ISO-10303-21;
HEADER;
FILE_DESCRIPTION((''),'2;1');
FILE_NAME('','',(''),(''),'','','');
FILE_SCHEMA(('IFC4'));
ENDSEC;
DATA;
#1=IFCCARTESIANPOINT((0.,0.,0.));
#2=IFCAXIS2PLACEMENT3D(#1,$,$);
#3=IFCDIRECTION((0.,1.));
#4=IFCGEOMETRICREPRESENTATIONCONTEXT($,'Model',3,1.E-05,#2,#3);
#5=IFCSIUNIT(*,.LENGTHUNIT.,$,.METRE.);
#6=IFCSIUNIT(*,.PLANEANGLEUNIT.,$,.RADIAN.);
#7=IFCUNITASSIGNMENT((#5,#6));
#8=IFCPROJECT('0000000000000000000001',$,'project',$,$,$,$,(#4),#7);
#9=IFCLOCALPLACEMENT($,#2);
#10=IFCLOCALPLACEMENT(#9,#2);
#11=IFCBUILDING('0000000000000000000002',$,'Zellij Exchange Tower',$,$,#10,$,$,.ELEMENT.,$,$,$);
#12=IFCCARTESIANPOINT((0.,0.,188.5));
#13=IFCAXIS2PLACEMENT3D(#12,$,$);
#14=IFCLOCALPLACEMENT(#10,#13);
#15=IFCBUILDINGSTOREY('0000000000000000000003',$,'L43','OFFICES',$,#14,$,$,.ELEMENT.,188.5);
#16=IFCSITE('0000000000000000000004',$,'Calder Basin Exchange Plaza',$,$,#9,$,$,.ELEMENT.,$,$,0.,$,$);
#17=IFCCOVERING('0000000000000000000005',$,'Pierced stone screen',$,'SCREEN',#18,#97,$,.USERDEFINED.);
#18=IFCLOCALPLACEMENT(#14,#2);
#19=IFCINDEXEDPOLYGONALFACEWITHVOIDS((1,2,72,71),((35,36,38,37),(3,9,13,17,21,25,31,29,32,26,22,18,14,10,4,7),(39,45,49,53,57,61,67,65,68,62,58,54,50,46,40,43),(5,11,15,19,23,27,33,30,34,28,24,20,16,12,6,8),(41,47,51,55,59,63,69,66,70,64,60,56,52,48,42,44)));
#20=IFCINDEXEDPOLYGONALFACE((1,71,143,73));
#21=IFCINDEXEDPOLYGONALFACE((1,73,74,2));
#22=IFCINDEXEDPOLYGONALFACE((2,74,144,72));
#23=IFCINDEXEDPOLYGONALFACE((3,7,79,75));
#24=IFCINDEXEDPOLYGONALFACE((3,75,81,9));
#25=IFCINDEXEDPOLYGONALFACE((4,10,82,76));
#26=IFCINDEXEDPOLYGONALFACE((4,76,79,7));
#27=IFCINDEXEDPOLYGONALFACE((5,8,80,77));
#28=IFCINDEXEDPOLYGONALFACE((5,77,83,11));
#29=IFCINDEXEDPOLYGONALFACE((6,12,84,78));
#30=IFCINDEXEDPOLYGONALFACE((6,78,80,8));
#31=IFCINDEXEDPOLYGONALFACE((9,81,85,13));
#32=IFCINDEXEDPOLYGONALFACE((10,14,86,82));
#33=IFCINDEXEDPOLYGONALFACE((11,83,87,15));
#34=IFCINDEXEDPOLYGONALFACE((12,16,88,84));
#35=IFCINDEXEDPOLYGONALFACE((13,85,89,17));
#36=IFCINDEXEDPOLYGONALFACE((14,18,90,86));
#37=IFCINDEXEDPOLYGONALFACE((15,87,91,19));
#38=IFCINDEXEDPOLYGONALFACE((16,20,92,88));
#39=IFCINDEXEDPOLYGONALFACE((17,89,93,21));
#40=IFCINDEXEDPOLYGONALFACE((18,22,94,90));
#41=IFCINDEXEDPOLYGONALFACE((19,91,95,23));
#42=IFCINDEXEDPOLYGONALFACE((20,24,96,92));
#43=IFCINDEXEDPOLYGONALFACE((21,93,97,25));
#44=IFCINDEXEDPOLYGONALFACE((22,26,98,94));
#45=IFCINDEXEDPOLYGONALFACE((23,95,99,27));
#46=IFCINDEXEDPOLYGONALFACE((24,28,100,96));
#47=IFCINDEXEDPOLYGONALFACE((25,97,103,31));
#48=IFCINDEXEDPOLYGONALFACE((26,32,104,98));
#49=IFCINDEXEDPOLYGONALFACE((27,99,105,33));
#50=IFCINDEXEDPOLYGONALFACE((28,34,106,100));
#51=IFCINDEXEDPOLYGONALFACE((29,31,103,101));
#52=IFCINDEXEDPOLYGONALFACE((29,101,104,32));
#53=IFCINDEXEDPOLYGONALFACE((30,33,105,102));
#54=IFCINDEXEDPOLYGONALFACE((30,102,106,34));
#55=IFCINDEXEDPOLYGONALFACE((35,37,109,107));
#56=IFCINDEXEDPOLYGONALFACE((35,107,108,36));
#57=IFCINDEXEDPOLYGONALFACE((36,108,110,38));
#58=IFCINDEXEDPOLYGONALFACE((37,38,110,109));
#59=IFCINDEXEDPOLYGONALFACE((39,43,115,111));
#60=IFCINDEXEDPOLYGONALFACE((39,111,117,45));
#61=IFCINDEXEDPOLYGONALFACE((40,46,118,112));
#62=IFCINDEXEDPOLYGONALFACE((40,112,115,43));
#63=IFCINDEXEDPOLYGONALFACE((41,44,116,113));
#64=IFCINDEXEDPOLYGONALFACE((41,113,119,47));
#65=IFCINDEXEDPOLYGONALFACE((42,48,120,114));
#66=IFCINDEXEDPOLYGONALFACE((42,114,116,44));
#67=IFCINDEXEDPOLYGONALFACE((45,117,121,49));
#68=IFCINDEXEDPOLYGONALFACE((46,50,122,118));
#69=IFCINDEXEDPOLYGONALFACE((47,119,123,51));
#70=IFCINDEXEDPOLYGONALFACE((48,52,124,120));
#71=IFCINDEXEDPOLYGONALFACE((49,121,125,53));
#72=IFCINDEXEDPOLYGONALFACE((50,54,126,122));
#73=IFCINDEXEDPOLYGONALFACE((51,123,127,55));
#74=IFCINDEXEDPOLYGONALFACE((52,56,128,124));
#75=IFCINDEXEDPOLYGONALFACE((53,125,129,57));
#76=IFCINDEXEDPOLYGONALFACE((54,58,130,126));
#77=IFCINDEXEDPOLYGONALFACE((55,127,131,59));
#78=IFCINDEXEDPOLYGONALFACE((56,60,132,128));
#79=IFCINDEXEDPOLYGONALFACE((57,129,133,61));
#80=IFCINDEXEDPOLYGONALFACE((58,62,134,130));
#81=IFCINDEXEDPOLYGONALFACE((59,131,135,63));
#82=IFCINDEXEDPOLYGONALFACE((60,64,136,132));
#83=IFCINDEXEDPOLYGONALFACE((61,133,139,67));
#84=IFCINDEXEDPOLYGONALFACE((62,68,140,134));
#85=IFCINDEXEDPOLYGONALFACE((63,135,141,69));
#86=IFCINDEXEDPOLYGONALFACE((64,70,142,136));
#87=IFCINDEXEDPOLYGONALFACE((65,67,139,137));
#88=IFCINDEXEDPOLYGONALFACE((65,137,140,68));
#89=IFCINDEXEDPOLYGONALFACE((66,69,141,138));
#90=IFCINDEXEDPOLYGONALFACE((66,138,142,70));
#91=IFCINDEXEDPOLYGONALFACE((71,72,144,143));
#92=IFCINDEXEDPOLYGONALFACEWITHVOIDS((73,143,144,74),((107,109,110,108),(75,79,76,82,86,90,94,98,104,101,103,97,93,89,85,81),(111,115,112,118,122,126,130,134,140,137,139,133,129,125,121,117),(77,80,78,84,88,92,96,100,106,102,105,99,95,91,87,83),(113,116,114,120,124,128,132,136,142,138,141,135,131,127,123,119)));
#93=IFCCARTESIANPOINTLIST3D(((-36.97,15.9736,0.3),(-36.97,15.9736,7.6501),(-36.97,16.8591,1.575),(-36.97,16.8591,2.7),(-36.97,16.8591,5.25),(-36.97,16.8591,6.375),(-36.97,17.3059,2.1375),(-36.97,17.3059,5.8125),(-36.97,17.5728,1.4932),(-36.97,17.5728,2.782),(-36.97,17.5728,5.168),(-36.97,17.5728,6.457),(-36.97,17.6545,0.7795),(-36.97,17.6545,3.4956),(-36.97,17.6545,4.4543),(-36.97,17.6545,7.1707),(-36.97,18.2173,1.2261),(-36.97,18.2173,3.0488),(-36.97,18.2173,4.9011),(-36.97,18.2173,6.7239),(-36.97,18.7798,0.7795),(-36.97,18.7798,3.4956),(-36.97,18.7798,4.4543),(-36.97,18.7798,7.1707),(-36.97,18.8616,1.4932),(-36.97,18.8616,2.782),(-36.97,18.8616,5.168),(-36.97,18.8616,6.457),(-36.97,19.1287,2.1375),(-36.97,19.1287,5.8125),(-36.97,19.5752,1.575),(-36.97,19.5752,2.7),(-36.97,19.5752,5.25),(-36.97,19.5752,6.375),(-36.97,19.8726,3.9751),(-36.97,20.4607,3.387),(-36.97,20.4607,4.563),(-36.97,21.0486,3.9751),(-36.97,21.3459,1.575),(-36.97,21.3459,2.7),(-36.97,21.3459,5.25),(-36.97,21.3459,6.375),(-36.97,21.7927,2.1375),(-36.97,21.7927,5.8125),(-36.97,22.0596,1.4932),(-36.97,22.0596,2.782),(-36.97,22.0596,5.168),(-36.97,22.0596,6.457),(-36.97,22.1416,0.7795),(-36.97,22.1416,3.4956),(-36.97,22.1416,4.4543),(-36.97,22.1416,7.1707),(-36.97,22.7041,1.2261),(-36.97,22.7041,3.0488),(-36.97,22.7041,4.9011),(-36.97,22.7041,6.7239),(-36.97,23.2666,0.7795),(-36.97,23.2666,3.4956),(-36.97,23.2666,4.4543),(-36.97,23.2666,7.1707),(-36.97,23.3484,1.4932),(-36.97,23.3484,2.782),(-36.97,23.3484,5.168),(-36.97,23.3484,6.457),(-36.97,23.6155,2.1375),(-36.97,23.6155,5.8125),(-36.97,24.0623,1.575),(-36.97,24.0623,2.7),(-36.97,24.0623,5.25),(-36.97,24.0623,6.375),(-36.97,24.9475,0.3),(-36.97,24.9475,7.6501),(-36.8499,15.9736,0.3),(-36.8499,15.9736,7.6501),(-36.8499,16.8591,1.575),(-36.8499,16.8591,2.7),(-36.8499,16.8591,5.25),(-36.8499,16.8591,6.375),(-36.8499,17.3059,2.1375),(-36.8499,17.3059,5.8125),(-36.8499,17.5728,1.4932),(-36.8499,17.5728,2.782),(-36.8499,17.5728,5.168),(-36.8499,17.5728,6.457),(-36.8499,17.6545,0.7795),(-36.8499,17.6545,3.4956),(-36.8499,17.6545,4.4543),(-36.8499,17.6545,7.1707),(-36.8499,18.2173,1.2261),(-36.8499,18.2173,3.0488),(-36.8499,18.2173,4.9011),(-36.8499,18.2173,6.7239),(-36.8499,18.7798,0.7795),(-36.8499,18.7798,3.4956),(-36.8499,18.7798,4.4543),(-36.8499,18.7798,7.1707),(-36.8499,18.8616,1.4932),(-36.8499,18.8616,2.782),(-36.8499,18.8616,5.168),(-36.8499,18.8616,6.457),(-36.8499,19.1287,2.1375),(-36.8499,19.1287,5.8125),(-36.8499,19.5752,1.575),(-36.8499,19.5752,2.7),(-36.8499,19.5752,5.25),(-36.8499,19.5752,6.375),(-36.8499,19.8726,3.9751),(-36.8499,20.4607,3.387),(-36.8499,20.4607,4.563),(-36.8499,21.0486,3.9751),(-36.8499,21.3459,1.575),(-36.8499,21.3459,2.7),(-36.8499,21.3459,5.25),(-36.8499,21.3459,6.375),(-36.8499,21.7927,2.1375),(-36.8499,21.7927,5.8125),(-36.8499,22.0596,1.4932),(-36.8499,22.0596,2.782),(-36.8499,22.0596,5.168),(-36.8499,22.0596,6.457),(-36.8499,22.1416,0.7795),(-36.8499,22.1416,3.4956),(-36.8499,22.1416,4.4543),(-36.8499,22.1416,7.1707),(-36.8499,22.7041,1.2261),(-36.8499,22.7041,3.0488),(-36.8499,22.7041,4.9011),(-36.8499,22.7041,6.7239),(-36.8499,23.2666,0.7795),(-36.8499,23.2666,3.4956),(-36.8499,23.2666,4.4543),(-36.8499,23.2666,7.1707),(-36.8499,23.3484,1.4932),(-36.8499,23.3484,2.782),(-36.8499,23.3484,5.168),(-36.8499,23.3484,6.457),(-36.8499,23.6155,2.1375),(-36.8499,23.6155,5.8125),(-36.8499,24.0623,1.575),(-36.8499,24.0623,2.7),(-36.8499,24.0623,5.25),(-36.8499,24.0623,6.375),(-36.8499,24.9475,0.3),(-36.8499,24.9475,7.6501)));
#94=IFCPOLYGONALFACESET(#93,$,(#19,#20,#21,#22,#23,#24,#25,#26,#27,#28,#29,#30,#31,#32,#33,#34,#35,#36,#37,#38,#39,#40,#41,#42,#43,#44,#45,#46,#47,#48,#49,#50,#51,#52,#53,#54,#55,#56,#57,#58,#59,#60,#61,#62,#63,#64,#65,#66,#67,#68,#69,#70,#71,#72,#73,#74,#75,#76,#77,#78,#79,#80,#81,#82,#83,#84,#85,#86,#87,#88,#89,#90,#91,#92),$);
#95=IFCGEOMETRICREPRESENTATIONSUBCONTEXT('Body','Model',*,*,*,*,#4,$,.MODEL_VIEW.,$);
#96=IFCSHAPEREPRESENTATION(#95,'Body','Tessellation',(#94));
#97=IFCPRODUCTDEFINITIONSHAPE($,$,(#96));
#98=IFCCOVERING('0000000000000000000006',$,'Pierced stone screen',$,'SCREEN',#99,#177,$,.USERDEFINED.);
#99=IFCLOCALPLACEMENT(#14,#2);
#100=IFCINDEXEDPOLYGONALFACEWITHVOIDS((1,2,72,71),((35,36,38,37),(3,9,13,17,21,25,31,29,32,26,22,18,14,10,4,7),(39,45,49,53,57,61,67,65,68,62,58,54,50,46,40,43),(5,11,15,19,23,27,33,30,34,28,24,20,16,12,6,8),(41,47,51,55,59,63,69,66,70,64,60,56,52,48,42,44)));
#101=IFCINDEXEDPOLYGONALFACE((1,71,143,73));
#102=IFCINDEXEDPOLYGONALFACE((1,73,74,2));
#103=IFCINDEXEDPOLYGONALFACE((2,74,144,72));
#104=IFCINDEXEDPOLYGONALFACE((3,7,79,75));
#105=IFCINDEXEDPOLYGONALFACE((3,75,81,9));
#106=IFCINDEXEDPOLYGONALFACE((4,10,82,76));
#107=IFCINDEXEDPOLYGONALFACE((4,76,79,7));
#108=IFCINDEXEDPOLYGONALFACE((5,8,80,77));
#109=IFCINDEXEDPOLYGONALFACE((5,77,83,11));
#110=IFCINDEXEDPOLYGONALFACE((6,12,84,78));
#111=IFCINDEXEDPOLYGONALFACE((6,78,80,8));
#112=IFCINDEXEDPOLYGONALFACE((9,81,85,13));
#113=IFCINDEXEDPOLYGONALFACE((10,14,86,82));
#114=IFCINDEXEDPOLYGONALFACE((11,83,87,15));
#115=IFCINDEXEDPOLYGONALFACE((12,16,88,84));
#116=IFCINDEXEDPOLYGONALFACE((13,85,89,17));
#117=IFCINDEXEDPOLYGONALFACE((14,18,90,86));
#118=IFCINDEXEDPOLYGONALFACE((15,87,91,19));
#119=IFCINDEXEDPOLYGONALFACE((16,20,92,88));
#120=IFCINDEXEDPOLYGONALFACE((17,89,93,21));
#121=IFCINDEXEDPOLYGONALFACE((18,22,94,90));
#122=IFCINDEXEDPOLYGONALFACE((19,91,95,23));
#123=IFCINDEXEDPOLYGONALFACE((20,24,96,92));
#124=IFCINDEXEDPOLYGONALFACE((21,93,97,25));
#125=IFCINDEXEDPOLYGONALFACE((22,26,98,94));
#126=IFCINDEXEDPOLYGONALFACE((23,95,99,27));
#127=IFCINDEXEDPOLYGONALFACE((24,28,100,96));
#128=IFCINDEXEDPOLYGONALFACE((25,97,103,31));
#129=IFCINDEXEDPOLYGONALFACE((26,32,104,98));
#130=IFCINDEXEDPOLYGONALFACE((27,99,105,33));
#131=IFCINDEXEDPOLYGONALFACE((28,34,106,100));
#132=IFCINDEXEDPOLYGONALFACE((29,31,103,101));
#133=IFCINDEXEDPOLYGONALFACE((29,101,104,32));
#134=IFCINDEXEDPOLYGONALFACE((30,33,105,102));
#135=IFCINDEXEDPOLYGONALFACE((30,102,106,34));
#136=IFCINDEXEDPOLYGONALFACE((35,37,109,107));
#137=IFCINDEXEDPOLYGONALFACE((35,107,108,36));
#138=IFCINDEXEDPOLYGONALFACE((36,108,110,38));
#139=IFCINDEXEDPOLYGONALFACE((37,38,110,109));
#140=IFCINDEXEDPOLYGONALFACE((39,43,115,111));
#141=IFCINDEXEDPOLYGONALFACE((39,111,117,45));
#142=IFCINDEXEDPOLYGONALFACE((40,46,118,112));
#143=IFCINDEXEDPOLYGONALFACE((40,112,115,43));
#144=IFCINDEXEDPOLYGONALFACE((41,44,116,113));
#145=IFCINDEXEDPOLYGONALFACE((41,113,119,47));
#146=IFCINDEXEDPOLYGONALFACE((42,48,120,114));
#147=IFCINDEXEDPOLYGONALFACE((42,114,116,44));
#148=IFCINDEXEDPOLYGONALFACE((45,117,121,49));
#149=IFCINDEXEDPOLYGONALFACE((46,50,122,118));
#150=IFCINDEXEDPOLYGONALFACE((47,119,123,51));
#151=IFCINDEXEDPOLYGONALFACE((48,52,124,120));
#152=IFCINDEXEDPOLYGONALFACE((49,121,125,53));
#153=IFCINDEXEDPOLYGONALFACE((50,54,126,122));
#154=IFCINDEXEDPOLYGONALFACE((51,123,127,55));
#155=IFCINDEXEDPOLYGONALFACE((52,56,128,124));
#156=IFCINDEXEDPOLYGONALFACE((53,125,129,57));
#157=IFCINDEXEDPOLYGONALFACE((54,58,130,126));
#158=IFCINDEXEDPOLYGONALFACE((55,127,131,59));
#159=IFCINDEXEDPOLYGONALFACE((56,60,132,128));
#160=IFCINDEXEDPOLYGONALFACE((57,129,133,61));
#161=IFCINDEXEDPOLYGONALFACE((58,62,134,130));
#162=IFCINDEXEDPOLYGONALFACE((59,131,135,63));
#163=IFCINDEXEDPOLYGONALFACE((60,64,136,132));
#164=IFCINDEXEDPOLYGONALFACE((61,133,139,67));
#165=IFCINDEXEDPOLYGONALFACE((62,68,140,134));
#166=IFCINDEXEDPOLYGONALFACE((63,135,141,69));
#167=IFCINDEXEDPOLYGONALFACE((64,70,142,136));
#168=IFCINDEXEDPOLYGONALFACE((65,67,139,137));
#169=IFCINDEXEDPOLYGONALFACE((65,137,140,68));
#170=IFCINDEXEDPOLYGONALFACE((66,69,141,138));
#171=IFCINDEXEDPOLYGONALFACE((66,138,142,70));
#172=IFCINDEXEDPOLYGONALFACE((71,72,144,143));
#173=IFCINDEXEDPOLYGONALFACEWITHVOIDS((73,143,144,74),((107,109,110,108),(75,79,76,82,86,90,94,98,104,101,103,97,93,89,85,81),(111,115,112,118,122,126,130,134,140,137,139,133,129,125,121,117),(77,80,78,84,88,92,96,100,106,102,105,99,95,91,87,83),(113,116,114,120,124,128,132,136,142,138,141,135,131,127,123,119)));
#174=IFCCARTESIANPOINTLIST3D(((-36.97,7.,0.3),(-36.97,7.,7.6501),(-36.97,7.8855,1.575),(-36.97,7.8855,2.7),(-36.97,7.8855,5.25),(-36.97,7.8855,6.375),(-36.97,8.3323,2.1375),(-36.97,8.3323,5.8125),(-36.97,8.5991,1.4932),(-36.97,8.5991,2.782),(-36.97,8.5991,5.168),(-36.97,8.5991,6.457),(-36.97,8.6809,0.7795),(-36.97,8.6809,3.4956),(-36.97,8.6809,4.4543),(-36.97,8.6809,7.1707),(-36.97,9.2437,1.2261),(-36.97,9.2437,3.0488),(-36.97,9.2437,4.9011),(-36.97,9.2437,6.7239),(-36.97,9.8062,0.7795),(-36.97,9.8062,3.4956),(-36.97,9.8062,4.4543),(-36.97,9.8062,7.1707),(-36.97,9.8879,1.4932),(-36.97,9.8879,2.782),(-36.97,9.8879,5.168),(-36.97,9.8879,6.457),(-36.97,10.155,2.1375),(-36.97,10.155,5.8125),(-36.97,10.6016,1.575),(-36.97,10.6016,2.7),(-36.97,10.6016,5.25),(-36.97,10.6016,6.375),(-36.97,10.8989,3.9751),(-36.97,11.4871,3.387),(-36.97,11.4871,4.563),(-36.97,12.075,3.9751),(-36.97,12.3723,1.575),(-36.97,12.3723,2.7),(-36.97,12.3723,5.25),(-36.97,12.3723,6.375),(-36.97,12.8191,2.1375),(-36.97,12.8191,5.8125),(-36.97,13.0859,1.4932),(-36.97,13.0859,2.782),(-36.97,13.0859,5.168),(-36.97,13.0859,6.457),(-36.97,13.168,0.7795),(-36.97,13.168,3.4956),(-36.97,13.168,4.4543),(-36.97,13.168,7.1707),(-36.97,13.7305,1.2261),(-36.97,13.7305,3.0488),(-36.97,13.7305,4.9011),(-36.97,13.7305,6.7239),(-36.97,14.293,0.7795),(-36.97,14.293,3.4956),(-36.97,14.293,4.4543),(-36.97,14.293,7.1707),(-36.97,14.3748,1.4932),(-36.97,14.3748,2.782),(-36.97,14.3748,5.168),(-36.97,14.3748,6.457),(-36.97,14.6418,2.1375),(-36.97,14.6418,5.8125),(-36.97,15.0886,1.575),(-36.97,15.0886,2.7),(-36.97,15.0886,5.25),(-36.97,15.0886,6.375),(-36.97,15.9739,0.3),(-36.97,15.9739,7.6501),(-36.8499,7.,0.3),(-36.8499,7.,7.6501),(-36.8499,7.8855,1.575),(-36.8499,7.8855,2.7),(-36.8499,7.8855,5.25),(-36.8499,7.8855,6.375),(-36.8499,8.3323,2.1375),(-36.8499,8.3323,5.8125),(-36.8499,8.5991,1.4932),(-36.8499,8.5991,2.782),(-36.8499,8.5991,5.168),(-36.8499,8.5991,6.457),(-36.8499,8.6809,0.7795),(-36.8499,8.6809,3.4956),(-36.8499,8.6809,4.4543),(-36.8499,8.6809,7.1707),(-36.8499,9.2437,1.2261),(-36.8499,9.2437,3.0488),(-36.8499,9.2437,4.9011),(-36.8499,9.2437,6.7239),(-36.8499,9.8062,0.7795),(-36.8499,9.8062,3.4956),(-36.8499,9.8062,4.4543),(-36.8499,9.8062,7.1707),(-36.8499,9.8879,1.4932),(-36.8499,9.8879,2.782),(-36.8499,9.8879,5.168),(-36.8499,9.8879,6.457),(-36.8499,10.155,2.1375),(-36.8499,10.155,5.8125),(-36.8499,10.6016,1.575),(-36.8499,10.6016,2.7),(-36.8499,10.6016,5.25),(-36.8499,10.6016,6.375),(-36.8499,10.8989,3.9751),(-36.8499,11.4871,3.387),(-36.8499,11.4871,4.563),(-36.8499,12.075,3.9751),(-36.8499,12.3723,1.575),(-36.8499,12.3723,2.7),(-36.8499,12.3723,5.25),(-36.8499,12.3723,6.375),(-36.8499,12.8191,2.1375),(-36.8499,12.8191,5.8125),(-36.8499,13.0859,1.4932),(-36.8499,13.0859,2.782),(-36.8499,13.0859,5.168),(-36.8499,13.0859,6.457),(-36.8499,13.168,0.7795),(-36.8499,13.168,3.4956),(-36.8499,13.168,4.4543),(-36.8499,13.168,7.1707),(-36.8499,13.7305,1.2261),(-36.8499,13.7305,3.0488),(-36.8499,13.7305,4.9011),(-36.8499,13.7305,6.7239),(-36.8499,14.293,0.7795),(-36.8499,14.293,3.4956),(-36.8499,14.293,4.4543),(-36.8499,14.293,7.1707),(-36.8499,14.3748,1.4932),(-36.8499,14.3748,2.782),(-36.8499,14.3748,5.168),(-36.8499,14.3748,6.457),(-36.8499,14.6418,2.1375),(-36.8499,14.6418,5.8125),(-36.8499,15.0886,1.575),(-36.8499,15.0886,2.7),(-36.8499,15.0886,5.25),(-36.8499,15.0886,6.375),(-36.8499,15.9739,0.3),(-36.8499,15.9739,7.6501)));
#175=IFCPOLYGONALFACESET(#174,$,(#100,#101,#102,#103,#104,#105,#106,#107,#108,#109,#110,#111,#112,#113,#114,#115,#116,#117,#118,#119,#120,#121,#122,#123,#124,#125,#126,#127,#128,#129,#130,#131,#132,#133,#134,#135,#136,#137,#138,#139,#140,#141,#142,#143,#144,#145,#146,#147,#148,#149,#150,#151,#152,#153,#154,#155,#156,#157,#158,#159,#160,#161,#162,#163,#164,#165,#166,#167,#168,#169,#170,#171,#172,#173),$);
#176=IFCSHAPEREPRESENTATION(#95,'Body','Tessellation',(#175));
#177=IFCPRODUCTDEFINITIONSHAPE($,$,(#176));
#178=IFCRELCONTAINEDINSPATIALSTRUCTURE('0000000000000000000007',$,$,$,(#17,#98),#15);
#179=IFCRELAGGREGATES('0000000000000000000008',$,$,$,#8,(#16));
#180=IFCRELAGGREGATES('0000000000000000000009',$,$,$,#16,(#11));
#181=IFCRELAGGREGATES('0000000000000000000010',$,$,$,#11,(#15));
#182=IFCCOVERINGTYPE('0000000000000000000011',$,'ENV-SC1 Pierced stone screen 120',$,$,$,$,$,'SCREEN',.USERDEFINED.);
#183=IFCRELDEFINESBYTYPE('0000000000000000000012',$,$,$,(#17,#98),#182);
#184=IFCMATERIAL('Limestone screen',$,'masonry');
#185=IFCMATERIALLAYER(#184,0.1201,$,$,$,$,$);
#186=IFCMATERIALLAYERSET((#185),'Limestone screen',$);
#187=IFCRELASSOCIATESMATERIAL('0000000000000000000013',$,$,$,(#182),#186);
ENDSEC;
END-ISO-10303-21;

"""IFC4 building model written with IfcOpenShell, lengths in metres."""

from ifc_helpers import new_model, si_unit, direction, frame, origin, place, context, subcontext, project, spatial, polyline, outline, extrude, material, layer, layer_set, type_object, element, save


model = new_model("IFC4")

# Units and contexts
model_context = context("Model", 3, precision=1e-05, world=origin(), true_north=direction((0.0, 1.0)))
body_context = subcontext(model_context, "Body", "Model", "MODEL_VIEW")
ifc_project = project(units=[si_unit("LENGTHUNIT", "METRE"), si_unit("PLANEANGLEUNIT", "RADIAN")], contexts=[model_context])

# Site, building, storey
site_placement = place(None, origin())
site = spatial("IfcSite", under=ifc_project, at=site_placement, Name="Calder Basin Exchange Plaza", CompositionType="ELEMENT", RefElevation=0.0)
building_placement = place(site_placement, origin())
building = spatial("IfcBuilding", under=site, at=building_placement, Name="Zellij Exchange Tower", CompositionType="ELEMENT")
storey_placement = place(building_placement, frame((0.0, 0.0, 188.5)))
storey = spatial("IfcBuildingStorey", under=building, at=storey_placement, Name="L43", Description="OFFICES", CompositionType="ELEMENT", Elevation=188.5)

# Coverings
ifc_material_1 = material(Name="Limestone screen", Category="masonry")
ifc_layer_1 = layer(ifc_material_1, 0.1201)
ifc_layer_set_1 = layer_set([ifc_layer_1], Name="Limestone screen")
covering_type = type_object("IfcCoveringType", Name="ENV-SC1 Pierced stone screen 120", ElementType="SCREEN", PredefinedType="USERDEFINED", material=ifc_layer_set_1)
covering_1_placement = place(storey_placement, frame((-36.9099, 24.9475, 0.3), z_axis=(0.0, 0.0, 1.0), x_axis=(0.0, -1.0, 0.0)))
element("IfcCovering", 1, at=covering_1_placement, inside=storey, type_object=covering_type, Name="Pierced stone screen", ObjectType="SCREEN", PredefinedType="USERDEFINED", context=body_context, shape_type="SweptSolid", body=[
    extrude(outline(polyline([(0.0, 0.0), (8.9739, 0.0), (8.9739, 7.3501), (0.0, 7.3501), (0.0, 0.0)]), holes=[polyline([(3.6016, 2.3999), (2.8879, 2.4819), (2.8059, 3.1956), (2.2434, 2.7488), (1.6809, 3.1956), (1.5991, 2.4819), (0.8853, 2.3999), (1.332, 1.8374), (0.8853, 1.2749), (1.5991, 1.1931), (1.6809, 0.4795), (2.2434, 0.926), (2.8059, 0.4795), (2.8879, 1.1931), (3.6016, 1.2749), (3.1548, 1.8374), (3.6016, 2.3999)]), polyline([(3.6016, 6.075), (2.8879, 6.157), (2.8059, 6.8706), (2.2434, 6.4238), (1.6809, 6.8706), (1.5991, 6.157), (0.8853, 6.075), (1.332, 5.5125), (0.8853, 4.95), (1.5991, 4.8679), (1.6809, 4.1543), (2.2434, 4.6011), (2.8059, 4.1543), (2.8879, 4.8679), (3.6016, 4.95), (3.1548, 5.5125), (3.6016, 6.075)]), polyline([(8.0884, 2.3999), (7.3748, 2.4819), (7.293, 3.1956), (6.7302, 2.7488), (6.1677, 3.1956), (6.0859, 2.4819), (5.3723, 2.3999), (5.8188, 1.8374), (5.3723, 1.2749), (6.0859, 1.1931), (6.1677, 0.4795), (6.7302, 0.926), (7.293, 0.4795), (7.3748, 1.1931), (8.0884, 1.2749), (7.6416, 1.8374), (8.0884, 2.3999)]), polyline([(8.0884, 6.075), (7.3748, 6.157), (7.293, 6.8706), (6.7302, 6.4238), (6.1677, 6.8706), (6.0859, 6.157), (5.3723, 6.075), (5.8188, 5.5125), (5.3723, 4.95), (6.0859, 4.8679), (6.1677, 4.1543), (6.7302, 4.6011), (7.293, 4.1543), (7.3748, 4.8679), (8.0884, 4.95), (7.6416, 5.5125), (8.0884, 6.075)]), polyline([(5.075, 3.675), (4.4868, 4.2629), (3.8989, 3.675), (4.4868, 3.0869), (5.075, 3.675)])]), frame((0.0, 0.0601, 0.0), z_axis=(0.0, -1.0, 0.0), x_axis=(1.0, 0.0, 0.0)), (0.0, 0.0, 1.0), 0.1201),
])
covering_2_placement = place(storey_placement, frame((-36.9099, 15.9739, 0.3), z_axis=(0.0, 0.0, 1.0), x_axis=(0.0, -1.0, 0.0)))
element("IfcCovering", 2, at=covering_2_placement, inside=storey, type_object=covering_type, Name="Pierced stone screen", ObjectType="SCREEN", PredefinedType="USERDEFINED", context=body_context, shape_type="SweptSolid", body=[
    extrude(outline(polyline([(0.0, 0.0), (8.9739, 0.0), (8.9739, 7.3501), (0.0, 7.3501), (0.0, 0.0)]), holes=[polyline([(3.6016, 2.3999), (2.8879, 2.4819), (2.8059, 3.1956), (2.2434, 2.7488), (1.6809, 3.1956), (1.5991, 2.4819), (0.8853, 2.3999), (1.332, 1.8374), (0.8853, 1.2749), (1.5991, 1.1931), (1.6809, 0.4795), (2.2434, 0.926), (2.8059, 0.4795), (2.8879, 1.1931), (3.6016, 1.2749), (3.1548, 1.8374), (3.6016, 2.3999)]), polyline([(3.6016, 6.075), (2.8879, 6.157), (2.8059, 6.8706), (2.2434, 6.4238), (1.6809, 6.8706), (1.5991, 6.157), (0.8853, 6.075), (1.332, 5.5125), (0.8853, 4.95), (1.5991, 4.8679), (1.6809, 4.1543), (2.2434, 4.6011), (2.8059, 4.1543), (2.8879, 4.8679), (3.6016, 4.95), (3.1548, 5.5125), (3.6016, 6.075)]), polyline([(8.0884, 2.3999), (7.3748, 2.4819), (7.293, 3.1956), (6.7302, 2.7488), (6.1677, 3.1956), (6.0859, 2.4819), (5.3723, 2.3999), (5.8188, 1.8374), (5.3723, 1.2749), (6.0859, 1.1931), (6.1677, 0.4795), (6.7302, 0.926), (7.293, 0.4795), (7.3748, 1.1931), (8.0884, 1.2749), (7.6416, 1.8374), (8.0884, 2.3999)]), polyline([(8.0884, 6.075), (7.3748, 6.157), (7.293, 6.8706), (6.7302, 6.4238), (6.1677, 6.8706), (6.0859, 6.157), (5.3723, 6.075), (5.8188, 5.5125), (5.3723, 4.95), (6.0859, 4.8679), (6.1677, 4.1543), (6.7302, 4.6011), (7.293, 4.1543), (7.3748, 4.8679), (8.0884, 4.95), (7.6416, 5.5125), (8.0884, 6.075)]), polyline([(5.075, 3.675), (4.4868, 4.2629), (3.8989, 3.675), (4.4868, 3.0869), (5.075, 3.675)])]), frame((0.0, 0.0601, 0.0), z_axis=(0.0, -1.0, 0.0), x_axis=(1.0, 0.0, 0.0)), (0.0, 0.0, 1.0), 0.1201),
])

save(model, "model.ifc")
